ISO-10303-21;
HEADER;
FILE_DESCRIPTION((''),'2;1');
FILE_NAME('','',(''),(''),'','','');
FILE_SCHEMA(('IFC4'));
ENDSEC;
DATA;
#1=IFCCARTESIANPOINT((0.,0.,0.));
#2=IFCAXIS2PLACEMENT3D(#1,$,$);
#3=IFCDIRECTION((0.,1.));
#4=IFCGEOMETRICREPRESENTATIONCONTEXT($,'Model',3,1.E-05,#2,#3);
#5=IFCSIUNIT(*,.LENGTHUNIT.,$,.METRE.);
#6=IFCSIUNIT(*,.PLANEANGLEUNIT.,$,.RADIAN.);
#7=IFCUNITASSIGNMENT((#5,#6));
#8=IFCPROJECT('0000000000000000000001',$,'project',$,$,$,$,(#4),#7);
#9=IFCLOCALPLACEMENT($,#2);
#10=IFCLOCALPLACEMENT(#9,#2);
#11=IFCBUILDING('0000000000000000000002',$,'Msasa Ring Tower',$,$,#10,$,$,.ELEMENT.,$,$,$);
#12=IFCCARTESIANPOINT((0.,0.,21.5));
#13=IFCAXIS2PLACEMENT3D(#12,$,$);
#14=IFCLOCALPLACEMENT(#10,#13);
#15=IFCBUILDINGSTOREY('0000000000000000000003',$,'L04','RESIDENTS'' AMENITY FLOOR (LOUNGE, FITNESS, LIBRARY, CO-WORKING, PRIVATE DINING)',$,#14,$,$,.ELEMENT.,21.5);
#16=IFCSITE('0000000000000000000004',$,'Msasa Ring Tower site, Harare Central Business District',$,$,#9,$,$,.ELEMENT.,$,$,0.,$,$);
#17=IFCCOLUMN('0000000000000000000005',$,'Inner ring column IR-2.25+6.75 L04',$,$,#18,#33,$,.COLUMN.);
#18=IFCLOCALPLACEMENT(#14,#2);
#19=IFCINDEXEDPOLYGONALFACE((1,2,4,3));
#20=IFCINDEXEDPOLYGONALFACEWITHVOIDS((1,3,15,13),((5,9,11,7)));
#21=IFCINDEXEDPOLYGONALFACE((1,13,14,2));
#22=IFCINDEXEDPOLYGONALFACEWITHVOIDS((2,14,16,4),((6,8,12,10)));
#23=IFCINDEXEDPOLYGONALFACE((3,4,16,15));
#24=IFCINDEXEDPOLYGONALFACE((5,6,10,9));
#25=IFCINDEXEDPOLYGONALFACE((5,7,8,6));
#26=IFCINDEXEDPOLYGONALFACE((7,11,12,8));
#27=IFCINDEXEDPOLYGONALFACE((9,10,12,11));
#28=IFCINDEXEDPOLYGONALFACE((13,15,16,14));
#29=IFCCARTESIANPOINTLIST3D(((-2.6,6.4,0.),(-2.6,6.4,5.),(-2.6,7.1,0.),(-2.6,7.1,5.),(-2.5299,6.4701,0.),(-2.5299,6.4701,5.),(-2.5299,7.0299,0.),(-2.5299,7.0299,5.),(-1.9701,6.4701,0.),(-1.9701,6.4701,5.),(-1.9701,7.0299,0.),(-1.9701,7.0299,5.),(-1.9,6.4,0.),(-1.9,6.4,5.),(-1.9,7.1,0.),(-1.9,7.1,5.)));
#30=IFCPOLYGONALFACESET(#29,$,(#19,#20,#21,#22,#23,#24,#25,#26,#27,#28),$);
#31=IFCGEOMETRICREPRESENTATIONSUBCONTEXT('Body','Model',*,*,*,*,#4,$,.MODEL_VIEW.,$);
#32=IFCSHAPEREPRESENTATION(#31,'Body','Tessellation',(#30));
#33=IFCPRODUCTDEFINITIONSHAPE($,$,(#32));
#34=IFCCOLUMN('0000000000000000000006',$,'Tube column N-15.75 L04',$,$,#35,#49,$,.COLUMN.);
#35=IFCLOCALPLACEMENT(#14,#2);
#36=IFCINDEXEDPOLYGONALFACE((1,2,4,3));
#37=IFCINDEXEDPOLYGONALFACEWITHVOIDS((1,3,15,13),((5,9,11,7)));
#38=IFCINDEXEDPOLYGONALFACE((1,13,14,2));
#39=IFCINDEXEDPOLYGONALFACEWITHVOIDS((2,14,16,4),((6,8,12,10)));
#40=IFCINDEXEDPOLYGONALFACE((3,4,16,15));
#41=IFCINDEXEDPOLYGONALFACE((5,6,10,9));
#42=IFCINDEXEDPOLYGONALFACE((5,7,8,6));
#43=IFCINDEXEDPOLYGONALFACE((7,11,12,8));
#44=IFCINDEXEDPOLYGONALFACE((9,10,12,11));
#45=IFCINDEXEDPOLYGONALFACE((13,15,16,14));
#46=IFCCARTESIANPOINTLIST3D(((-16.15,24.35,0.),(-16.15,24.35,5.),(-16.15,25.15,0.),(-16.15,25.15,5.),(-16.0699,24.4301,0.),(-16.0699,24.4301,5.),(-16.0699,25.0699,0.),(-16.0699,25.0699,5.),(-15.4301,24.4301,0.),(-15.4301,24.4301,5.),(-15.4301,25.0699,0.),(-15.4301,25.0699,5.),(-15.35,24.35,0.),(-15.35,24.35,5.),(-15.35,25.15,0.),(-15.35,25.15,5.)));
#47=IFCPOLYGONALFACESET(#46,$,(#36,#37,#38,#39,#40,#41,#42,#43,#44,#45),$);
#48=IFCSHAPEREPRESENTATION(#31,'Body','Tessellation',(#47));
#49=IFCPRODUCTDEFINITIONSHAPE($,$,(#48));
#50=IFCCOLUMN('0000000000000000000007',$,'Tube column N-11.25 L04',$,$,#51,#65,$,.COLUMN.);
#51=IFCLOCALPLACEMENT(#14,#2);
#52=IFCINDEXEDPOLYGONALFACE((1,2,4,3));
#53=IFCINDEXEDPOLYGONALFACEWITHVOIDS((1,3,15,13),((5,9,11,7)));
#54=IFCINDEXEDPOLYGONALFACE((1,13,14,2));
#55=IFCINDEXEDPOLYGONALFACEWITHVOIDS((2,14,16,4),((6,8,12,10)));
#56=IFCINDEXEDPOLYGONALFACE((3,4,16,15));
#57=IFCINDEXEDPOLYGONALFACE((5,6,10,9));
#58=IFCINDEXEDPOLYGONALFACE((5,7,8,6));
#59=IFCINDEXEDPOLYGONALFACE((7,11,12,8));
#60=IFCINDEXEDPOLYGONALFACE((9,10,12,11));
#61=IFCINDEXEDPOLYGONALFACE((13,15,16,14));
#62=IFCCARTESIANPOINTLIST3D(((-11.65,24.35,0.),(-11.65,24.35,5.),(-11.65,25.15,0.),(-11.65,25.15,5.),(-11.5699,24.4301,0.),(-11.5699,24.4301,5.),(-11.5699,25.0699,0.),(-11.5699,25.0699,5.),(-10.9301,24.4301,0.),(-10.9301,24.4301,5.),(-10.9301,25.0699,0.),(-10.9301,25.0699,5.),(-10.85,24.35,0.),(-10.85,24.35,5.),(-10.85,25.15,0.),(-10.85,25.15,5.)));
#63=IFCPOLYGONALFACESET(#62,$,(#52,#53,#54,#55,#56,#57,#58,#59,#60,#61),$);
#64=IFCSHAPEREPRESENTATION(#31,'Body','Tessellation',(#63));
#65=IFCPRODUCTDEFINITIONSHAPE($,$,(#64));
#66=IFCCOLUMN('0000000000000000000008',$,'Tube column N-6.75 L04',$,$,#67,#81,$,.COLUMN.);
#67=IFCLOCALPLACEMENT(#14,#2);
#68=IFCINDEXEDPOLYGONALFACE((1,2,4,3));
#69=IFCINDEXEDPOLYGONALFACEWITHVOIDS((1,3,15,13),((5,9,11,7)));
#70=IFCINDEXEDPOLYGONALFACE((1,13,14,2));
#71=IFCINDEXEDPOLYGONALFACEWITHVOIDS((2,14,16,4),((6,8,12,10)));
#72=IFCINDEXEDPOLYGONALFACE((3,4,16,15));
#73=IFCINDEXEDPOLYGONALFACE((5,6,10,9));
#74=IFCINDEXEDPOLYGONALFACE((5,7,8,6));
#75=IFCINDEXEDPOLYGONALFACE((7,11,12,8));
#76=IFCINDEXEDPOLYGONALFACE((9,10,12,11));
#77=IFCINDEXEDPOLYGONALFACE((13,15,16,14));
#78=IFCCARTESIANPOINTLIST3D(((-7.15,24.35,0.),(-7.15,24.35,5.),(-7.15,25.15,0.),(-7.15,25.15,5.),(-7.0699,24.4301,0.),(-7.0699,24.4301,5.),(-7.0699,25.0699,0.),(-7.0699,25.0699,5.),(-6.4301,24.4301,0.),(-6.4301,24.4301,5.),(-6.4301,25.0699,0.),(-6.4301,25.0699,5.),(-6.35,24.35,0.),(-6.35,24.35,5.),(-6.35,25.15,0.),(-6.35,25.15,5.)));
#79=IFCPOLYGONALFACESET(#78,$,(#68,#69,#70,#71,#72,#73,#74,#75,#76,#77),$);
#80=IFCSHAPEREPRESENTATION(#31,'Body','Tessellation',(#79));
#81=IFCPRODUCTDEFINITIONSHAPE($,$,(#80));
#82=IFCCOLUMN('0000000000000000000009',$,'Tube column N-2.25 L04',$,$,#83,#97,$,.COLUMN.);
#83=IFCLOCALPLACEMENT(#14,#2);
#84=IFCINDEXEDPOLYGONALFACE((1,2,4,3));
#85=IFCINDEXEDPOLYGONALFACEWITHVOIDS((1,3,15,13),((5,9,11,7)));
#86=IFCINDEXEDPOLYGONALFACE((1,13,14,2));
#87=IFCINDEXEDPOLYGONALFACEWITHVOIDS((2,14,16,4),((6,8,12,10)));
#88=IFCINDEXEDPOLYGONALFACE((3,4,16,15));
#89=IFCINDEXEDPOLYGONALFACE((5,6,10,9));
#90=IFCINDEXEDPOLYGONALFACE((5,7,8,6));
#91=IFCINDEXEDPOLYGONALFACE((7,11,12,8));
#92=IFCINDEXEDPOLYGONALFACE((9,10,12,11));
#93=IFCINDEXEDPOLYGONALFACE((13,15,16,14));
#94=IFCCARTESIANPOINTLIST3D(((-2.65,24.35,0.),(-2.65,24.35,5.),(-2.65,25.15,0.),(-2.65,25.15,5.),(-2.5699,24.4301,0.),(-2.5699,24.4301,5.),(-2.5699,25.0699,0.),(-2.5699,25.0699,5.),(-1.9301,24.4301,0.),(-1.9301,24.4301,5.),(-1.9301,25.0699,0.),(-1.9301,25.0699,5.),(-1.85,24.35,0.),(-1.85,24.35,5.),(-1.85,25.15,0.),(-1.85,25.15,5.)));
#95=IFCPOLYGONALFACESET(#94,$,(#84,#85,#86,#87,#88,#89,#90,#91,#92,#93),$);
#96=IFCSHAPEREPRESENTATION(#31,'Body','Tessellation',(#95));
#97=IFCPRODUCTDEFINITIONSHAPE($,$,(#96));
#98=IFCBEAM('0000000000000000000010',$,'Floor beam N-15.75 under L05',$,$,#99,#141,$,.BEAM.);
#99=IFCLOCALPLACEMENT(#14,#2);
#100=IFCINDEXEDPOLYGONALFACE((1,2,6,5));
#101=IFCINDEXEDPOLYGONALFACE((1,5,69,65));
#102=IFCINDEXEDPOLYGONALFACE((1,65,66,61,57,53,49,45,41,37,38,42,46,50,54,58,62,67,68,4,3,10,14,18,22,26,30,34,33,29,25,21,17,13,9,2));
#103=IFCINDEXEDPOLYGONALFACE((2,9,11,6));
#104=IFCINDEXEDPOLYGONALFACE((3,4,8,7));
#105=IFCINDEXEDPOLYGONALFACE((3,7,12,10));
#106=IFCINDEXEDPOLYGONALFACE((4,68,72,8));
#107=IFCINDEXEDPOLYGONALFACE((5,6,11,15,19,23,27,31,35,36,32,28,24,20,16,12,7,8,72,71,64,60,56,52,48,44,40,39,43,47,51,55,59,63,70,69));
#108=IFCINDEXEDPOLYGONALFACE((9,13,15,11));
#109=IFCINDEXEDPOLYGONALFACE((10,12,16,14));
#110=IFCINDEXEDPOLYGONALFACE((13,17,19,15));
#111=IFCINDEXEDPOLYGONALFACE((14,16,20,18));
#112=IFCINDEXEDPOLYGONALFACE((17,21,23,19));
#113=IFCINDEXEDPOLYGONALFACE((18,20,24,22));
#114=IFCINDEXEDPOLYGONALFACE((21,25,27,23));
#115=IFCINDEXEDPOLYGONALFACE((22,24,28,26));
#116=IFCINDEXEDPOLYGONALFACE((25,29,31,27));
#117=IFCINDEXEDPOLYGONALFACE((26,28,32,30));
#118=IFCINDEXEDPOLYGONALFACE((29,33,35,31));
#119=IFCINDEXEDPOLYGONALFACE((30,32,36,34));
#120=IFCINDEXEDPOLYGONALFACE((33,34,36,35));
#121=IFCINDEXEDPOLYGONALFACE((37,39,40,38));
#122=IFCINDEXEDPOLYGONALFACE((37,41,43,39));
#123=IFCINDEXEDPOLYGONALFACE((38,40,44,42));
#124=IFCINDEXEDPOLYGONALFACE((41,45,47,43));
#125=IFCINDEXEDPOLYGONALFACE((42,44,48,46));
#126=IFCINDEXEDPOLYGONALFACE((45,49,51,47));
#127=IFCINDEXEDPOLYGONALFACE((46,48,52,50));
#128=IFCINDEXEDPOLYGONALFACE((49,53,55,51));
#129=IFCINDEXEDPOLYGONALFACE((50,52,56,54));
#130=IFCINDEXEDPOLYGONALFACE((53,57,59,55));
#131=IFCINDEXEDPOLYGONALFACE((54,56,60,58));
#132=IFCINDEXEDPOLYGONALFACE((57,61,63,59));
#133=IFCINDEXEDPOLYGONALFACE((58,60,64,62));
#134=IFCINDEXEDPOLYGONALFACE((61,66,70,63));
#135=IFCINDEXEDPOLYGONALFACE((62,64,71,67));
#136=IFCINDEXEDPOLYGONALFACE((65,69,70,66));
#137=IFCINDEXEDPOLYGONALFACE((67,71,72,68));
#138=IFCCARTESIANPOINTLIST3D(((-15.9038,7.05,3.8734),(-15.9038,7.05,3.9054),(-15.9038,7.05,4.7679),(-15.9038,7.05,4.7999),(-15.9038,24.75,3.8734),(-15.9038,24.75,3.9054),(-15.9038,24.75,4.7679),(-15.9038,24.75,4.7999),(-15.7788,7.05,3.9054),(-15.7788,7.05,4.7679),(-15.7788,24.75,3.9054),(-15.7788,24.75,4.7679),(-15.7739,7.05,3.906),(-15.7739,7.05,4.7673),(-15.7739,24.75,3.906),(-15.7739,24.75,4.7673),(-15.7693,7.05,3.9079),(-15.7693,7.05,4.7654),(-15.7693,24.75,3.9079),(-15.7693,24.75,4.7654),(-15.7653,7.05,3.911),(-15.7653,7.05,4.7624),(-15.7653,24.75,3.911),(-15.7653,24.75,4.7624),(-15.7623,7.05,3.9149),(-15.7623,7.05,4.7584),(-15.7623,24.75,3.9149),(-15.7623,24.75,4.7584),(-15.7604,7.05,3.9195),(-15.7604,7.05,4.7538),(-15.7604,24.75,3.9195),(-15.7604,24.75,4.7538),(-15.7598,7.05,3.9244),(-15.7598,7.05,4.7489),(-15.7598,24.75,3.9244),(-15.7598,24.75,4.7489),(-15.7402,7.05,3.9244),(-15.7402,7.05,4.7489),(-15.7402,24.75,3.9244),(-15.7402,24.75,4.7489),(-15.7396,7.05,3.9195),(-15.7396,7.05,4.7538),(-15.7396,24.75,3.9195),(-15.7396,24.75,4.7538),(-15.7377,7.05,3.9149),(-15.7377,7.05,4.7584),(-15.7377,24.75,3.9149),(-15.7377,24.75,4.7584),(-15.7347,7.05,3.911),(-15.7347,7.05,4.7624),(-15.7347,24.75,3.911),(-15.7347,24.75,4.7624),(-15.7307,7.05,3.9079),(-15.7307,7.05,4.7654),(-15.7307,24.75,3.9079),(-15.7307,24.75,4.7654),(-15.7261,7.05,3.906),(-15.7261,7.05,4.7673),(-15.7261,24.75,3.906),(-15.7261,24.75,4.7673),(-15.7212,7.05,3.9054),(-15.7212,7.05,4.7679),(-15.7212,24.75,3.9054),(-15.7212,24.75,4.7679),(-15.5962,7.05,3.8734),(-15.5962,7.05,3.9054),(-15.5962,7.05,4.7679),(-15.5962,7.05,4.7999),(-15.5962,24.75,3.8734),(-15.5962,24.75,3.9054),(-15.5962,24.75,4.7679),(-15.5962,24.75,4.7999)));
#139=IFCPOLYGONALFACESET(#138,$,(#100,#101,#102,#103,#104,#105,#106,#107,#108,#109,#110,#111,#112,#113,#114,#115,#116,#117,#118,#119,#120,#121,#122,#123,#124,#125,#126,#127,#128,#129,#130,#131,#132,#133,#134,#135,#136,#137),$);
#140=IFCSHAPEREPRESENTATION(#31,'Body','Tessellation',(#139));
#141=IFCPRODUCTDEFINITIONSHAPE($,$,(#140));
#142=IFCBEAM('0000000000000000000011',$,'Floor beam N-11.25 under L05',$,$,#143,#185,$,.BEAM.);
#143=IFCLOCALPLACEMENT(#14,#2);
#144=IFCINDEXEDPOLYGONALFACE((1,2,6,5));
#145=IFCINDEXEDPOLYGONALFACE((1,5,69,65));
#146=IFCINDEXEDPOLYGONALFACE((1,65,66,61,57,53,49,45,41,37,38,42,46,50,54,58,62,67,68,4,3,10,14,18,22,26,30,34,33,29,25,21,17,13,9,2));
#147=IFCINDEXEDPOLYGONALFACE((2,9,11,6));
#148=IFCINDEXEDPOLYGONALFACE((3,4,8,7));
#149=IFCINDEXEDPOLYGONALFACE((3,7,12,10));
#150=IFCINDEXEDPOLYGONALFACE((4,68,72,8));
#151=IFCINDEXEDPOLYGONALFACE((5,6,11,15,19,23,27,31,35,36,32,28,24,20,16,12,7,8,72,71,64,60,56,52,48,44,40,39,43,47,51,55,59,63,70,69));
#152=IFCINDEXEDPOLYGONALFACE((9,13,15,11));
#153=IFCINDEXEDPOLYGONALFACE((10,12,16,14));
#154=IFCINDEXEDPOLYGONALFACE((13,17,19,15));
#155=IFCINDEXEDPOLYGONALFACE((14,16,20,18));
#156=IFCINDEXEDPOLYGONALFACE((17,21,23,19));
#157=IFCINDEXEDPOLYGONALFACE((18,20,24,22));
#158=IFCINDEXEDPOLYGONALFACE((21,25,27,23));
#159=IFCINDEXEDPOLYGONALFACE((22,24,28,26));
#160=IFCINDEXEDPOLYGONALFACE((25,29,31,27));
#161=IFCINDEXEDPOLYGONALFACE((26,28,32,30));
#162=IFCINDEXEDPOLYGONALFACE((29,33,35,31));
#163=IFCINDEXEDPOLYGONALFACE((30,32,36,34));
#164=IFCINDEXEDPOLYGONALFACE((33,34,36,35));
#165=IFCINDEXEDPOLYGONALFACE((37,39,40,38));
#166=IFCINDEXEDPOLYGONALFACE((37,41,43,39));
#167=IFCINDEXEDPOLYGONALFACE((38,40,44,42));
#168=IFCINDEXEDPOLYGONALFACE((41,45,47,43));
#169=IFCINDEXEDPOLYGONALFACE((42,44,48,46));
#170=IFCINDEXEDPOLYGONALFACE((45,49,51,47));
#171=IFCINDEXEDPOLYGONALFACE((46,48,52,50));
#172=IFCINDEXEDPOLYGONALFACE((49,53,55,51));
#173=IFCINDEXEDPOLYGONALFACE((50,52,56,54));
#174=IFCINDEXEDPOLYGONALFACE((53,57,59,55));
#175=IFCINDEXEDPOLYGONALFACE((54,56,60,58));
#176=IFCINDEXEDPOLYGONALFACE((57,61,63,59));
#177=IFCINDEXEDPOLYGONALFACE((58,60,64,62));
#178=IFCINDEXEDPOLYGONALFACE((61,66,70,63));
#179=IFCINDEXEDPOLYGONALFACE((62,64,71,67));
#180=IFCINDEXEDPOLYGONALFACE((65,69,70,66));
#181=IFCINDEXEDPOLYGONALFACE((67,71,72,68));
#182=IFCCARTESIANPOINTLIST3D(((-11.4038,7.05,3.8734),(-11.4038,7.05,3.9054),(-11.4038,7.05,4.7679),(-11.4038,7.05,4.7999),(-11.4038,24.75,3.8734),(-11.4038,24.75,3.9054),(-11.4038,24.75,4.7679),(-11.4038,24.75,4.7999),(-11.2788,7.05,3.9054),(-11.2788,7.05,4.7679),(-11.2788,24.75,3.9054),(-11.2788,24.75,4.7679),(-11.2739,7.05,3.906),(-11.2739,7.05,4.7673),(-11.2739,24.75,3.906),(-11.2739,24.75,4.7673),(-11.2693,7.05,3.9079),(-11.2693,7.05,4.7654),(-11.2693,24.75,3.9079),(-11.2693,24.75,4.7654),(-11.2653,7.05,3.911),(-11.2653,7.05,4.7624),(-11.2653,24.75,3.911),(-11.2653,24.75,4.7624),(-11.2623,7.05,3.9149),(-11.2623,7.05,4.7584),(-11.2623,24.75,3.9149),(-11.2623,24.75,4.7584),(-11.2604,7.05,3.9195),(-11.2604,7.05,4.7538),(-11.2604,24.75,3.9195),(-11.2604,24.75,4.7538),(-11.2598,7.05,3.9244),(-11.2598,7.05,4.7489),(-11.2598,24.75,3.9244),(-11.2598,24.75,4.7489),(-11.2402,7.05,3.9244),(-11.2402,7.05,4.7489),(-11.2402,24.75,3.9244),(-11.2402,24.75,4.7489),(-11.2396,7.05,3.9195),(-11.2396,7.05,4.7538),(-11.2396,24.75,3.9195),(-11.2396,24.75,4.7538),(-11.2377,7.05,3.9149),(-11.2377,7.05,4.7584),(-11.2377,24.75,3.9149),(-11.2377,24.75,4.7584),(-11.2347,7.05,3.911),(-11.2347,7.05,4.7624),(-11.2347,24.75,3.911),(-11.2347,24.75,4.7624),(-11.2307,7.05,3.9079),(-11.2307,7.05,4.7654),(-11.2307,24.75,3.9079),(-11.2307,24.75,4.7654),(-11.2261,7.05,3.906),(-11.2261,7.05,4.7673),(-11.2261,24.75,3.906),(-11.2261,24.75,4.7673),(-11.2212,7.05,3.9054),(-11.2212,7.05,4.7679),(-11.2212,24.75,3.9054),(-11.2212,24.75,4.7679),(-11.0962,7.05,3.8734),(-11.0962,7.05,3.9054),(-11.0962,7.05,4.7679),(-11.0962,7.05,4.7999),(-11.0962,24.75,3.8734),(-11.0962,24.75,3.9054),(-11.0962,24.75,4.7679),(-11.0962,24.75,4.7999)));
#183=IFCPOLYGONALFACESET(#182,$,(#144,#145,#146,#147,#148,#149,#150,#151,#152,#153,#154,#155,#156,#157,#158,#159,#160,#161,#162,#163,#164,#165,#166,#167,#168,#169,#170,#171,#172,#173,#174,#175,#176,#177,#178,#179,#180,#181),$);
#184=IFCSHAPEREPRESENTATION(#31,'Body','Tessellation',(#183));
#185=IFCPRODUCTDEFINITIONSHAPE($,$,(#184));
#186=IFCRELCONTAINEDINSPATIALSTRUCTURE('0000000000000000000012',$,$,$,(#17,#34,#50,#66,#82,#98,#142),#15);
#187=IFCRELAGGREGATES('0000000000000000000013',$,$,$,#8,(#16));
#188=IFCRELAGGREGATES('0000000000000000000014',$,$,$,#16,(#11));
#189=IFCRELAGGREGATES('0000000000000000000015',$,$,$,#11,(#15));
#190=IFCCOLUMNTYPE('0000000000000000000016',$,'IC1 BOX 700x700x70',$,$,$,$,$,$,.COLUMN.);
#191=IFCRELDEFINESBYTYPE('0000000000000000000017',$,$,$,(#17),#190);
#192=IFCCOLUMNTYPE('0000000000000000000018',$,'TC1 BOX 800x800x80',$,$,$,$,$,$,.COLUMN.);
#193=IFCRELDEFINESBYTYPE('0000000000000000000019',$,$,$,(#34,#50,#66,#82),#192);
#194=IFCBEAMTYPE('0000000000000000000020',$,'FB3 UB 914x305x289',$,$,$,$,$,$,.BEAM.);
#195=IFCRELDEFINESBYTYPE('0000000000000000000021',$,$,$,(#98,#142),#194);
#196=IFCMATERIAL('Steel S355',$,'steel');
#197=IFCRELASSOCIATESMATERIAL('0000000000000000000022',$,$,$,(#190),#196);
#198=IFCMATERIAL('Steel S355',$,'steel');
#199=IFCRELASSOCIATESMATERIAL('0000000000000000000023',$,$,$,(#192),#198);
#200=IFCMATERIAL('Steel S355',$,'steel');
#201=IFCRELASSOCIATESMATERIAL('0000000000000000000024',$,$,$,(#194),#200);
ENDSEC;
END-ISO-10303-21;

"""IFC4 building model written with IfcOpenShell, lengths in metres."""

from ifc_helpers import new_model, si_unit, direction, frame, origin, origin_2d, place, context, subcontext, project, spatial, hollow_rectangle, i_section, extrude, material, material_profile, profile_set, type_object, element, save


model = new_model("IFC4")

# Units and contexts
model_context = context("Model", 3, precision=1e-05, world=origin(), true_north=direction((0.0, 1.0)))
body_context = subcontext(model_context, "Body", "Model", "MODEL_VIEW")
ifc_project = project(units=[si_unit("LENGTHUNIT", "METRE"), si_unit("PLANEANGLEUNIT", "RADIAN")], contexts=[model_context])

# Site, building, storey
site_placement = place(None, origin())
site = spatial("IfcSite", under=ifc_project, at=site_placement, Name="Msasa Ring Tower site, Harare Central Business District", CompositionType="ELEMENT", RefElevation=0.0)
building_placement = place(site_placement, origin())
building = spatial("IfcBuilding", under=site, at=building_placement, Name="Msasa Ring Tower", CompositionType="ELEMENT")
storey_placement = place(building_placement, frame((0.0, 0.0, 21.5)))
storey = spatial("IfcBuildingStorey", under=building, at=storey_placement, Name="L04", Description="RESIDENTS' AMENITY FLOOR (LOUNGE, FITNESS, LIBRARY, CO-WORKING, PRIVATE DINING)", CompositionType="ELEMENT", Elevation=21.5)

# Columns
ifc_material_1 = material(Name="Steel S355", Category="steel")
ifc_material_profile_1 = material_profile(ifc_material_1, hollow_rectangle(XDim=0.7, YDim=0.7, WallThickness=0.0701, at=origin_2d()), Name="BOX 700x700x70")
ifc_profile_set_1 = profile_set([ifc_material_profile_1], Name="Steel S355")
column_type_1 = type_object("IfcColumnType", Name="IC1 BOX 700x700x70", PredefinedType="COLUMN", material=ifc_profile_set_1)
column_placement = place(storey_placement, frame((-2.25, 6.75, 0.0), z_axis=(0.0, 0.0, 1.0), x_axis=(1.0, 0.0, 0.0)))
element("IfcColumn", 1, at=column_placement, inside=storey, type_object=column_type_1, Name="Inner ring column IR-2.25+6.75 L04", PredefinedType="COLUMN", context=body_context, shape_type="SweptSolid", body=[
    extrude(hollow_rectangle(XDim=0.7, YDim=0.7, WallThickness=0.0701, at=origin_2d()), origin(), (0.0, 0.0, 1.0), 5.0),
])
ifc_material_2 = material(Name="Steel S355", Category="steel")
ifc_material_profile_2 = material_profile(ifc_material_2, hollow_rectangle(XDim=0.8, YDim=0.8, WallThickness=0.0801, at=origin_2d()), Name="BOX 800x800x80")
ifc_profile_set_2 = profile_set([ifc_material_profile_2], Name="Steel S355")
column_type_2 = type_object("IfcColumnType", Name="TC1 BOX 800x800x80", PredefinedType="COLUMN", material=ifc_profile_set_2)
for number, where, z_axis, x_axis, name in (
    (2, (-15.75, 24.75, 0.0), (0.0, 0.0, 1.0), (0.0, 1.0, 0.0), "Tube column N-15.75 L04"),
    (3, (-11.25, 24.75, 0.0), (0.0, 0.0, 1.0), (0.0, 1.0, 0.0), "Tube column N-11.25 L04"),
    (4, (-6.75, 24.75, 0.0), (0.0, 0.0, 1.0), (0.0, 1.0, 0.0), "Tube column N-6.75 L04"),
    (5, (-2.25, 24.75, 0.0), (0.0, 0.0, 1.0), (0.0, 1.0, 0.0), "Tube column N-2.25 L04"),
):
    element("IfcColumn", number, at=place(storey_placement, frame(where, z_axis=z_axis, x_axis=x_axis)), inside=storey, type_object=column_type_2, Name=name, PredefinedType="COLUMN", context=body_context, shape_type="SweptSolid", body=[
        extrude(hollow_rectangle(XDim=0.8, YDim=0.8, WallThickness=0.0801, at=origin_2d()), origin(), (0.0, 0.0, 1.0), 5.0),
    ])

# Beams
ifc_material_3 = material(Name="Steel S355", Category="steel")
ifc_material_profile_3 = material_profile(ifc_material_3, i_section(OverallWidth=0.3076, OverallDepth=0.9265, WebThickness=0.0195, FlangeThickness=0.032, FilletRadius=0.019, at=origin_2d()), Name="UB 914x305x289")
ifc_profile_set_3 = profile_set([ifc_material_profile_3], Name="Steel S355")
beam_type_1 = type_object("IfcBeamType", Name="FB3 UB 914x305x289", PredefinedType="BEAM", material=ifc_profile_set_3)
for number, where, z_axis, x_axis, name in (
    (6, (-15.75, 24.75, 4.3367), (0.0, -1.0, 0.0), (1.0, 0.0, 0.0), "Floor beam N-15.75 under L05"),
    (7, (-11.25, 24.75, 4.3367), (0.0, -1.0, 0.0), (1.0, 0.0, 0.0), "Floor beam N-11.25 under L05"),
):
    element("IfcBeam", number, at=place(storey_placement, frame(where, z_axis=z_axis, x_axis=x_axis)), inside=storey, type_object=beam_type_1, Name=name, PredefinedType="BEAM", context=body_context, shape_type="SweptSolid", body=[
        extrude(i_section(OverallWidth=0.3076, OverallDepth=0.9265, WebThickness=0.0195, FlangeThickness=0.032, FilletRadius=0.019, at=origin_2d()), origin(), (0.0, 0.0, 1.0), 17.7),
    ])

save(model, "model.ifc")
